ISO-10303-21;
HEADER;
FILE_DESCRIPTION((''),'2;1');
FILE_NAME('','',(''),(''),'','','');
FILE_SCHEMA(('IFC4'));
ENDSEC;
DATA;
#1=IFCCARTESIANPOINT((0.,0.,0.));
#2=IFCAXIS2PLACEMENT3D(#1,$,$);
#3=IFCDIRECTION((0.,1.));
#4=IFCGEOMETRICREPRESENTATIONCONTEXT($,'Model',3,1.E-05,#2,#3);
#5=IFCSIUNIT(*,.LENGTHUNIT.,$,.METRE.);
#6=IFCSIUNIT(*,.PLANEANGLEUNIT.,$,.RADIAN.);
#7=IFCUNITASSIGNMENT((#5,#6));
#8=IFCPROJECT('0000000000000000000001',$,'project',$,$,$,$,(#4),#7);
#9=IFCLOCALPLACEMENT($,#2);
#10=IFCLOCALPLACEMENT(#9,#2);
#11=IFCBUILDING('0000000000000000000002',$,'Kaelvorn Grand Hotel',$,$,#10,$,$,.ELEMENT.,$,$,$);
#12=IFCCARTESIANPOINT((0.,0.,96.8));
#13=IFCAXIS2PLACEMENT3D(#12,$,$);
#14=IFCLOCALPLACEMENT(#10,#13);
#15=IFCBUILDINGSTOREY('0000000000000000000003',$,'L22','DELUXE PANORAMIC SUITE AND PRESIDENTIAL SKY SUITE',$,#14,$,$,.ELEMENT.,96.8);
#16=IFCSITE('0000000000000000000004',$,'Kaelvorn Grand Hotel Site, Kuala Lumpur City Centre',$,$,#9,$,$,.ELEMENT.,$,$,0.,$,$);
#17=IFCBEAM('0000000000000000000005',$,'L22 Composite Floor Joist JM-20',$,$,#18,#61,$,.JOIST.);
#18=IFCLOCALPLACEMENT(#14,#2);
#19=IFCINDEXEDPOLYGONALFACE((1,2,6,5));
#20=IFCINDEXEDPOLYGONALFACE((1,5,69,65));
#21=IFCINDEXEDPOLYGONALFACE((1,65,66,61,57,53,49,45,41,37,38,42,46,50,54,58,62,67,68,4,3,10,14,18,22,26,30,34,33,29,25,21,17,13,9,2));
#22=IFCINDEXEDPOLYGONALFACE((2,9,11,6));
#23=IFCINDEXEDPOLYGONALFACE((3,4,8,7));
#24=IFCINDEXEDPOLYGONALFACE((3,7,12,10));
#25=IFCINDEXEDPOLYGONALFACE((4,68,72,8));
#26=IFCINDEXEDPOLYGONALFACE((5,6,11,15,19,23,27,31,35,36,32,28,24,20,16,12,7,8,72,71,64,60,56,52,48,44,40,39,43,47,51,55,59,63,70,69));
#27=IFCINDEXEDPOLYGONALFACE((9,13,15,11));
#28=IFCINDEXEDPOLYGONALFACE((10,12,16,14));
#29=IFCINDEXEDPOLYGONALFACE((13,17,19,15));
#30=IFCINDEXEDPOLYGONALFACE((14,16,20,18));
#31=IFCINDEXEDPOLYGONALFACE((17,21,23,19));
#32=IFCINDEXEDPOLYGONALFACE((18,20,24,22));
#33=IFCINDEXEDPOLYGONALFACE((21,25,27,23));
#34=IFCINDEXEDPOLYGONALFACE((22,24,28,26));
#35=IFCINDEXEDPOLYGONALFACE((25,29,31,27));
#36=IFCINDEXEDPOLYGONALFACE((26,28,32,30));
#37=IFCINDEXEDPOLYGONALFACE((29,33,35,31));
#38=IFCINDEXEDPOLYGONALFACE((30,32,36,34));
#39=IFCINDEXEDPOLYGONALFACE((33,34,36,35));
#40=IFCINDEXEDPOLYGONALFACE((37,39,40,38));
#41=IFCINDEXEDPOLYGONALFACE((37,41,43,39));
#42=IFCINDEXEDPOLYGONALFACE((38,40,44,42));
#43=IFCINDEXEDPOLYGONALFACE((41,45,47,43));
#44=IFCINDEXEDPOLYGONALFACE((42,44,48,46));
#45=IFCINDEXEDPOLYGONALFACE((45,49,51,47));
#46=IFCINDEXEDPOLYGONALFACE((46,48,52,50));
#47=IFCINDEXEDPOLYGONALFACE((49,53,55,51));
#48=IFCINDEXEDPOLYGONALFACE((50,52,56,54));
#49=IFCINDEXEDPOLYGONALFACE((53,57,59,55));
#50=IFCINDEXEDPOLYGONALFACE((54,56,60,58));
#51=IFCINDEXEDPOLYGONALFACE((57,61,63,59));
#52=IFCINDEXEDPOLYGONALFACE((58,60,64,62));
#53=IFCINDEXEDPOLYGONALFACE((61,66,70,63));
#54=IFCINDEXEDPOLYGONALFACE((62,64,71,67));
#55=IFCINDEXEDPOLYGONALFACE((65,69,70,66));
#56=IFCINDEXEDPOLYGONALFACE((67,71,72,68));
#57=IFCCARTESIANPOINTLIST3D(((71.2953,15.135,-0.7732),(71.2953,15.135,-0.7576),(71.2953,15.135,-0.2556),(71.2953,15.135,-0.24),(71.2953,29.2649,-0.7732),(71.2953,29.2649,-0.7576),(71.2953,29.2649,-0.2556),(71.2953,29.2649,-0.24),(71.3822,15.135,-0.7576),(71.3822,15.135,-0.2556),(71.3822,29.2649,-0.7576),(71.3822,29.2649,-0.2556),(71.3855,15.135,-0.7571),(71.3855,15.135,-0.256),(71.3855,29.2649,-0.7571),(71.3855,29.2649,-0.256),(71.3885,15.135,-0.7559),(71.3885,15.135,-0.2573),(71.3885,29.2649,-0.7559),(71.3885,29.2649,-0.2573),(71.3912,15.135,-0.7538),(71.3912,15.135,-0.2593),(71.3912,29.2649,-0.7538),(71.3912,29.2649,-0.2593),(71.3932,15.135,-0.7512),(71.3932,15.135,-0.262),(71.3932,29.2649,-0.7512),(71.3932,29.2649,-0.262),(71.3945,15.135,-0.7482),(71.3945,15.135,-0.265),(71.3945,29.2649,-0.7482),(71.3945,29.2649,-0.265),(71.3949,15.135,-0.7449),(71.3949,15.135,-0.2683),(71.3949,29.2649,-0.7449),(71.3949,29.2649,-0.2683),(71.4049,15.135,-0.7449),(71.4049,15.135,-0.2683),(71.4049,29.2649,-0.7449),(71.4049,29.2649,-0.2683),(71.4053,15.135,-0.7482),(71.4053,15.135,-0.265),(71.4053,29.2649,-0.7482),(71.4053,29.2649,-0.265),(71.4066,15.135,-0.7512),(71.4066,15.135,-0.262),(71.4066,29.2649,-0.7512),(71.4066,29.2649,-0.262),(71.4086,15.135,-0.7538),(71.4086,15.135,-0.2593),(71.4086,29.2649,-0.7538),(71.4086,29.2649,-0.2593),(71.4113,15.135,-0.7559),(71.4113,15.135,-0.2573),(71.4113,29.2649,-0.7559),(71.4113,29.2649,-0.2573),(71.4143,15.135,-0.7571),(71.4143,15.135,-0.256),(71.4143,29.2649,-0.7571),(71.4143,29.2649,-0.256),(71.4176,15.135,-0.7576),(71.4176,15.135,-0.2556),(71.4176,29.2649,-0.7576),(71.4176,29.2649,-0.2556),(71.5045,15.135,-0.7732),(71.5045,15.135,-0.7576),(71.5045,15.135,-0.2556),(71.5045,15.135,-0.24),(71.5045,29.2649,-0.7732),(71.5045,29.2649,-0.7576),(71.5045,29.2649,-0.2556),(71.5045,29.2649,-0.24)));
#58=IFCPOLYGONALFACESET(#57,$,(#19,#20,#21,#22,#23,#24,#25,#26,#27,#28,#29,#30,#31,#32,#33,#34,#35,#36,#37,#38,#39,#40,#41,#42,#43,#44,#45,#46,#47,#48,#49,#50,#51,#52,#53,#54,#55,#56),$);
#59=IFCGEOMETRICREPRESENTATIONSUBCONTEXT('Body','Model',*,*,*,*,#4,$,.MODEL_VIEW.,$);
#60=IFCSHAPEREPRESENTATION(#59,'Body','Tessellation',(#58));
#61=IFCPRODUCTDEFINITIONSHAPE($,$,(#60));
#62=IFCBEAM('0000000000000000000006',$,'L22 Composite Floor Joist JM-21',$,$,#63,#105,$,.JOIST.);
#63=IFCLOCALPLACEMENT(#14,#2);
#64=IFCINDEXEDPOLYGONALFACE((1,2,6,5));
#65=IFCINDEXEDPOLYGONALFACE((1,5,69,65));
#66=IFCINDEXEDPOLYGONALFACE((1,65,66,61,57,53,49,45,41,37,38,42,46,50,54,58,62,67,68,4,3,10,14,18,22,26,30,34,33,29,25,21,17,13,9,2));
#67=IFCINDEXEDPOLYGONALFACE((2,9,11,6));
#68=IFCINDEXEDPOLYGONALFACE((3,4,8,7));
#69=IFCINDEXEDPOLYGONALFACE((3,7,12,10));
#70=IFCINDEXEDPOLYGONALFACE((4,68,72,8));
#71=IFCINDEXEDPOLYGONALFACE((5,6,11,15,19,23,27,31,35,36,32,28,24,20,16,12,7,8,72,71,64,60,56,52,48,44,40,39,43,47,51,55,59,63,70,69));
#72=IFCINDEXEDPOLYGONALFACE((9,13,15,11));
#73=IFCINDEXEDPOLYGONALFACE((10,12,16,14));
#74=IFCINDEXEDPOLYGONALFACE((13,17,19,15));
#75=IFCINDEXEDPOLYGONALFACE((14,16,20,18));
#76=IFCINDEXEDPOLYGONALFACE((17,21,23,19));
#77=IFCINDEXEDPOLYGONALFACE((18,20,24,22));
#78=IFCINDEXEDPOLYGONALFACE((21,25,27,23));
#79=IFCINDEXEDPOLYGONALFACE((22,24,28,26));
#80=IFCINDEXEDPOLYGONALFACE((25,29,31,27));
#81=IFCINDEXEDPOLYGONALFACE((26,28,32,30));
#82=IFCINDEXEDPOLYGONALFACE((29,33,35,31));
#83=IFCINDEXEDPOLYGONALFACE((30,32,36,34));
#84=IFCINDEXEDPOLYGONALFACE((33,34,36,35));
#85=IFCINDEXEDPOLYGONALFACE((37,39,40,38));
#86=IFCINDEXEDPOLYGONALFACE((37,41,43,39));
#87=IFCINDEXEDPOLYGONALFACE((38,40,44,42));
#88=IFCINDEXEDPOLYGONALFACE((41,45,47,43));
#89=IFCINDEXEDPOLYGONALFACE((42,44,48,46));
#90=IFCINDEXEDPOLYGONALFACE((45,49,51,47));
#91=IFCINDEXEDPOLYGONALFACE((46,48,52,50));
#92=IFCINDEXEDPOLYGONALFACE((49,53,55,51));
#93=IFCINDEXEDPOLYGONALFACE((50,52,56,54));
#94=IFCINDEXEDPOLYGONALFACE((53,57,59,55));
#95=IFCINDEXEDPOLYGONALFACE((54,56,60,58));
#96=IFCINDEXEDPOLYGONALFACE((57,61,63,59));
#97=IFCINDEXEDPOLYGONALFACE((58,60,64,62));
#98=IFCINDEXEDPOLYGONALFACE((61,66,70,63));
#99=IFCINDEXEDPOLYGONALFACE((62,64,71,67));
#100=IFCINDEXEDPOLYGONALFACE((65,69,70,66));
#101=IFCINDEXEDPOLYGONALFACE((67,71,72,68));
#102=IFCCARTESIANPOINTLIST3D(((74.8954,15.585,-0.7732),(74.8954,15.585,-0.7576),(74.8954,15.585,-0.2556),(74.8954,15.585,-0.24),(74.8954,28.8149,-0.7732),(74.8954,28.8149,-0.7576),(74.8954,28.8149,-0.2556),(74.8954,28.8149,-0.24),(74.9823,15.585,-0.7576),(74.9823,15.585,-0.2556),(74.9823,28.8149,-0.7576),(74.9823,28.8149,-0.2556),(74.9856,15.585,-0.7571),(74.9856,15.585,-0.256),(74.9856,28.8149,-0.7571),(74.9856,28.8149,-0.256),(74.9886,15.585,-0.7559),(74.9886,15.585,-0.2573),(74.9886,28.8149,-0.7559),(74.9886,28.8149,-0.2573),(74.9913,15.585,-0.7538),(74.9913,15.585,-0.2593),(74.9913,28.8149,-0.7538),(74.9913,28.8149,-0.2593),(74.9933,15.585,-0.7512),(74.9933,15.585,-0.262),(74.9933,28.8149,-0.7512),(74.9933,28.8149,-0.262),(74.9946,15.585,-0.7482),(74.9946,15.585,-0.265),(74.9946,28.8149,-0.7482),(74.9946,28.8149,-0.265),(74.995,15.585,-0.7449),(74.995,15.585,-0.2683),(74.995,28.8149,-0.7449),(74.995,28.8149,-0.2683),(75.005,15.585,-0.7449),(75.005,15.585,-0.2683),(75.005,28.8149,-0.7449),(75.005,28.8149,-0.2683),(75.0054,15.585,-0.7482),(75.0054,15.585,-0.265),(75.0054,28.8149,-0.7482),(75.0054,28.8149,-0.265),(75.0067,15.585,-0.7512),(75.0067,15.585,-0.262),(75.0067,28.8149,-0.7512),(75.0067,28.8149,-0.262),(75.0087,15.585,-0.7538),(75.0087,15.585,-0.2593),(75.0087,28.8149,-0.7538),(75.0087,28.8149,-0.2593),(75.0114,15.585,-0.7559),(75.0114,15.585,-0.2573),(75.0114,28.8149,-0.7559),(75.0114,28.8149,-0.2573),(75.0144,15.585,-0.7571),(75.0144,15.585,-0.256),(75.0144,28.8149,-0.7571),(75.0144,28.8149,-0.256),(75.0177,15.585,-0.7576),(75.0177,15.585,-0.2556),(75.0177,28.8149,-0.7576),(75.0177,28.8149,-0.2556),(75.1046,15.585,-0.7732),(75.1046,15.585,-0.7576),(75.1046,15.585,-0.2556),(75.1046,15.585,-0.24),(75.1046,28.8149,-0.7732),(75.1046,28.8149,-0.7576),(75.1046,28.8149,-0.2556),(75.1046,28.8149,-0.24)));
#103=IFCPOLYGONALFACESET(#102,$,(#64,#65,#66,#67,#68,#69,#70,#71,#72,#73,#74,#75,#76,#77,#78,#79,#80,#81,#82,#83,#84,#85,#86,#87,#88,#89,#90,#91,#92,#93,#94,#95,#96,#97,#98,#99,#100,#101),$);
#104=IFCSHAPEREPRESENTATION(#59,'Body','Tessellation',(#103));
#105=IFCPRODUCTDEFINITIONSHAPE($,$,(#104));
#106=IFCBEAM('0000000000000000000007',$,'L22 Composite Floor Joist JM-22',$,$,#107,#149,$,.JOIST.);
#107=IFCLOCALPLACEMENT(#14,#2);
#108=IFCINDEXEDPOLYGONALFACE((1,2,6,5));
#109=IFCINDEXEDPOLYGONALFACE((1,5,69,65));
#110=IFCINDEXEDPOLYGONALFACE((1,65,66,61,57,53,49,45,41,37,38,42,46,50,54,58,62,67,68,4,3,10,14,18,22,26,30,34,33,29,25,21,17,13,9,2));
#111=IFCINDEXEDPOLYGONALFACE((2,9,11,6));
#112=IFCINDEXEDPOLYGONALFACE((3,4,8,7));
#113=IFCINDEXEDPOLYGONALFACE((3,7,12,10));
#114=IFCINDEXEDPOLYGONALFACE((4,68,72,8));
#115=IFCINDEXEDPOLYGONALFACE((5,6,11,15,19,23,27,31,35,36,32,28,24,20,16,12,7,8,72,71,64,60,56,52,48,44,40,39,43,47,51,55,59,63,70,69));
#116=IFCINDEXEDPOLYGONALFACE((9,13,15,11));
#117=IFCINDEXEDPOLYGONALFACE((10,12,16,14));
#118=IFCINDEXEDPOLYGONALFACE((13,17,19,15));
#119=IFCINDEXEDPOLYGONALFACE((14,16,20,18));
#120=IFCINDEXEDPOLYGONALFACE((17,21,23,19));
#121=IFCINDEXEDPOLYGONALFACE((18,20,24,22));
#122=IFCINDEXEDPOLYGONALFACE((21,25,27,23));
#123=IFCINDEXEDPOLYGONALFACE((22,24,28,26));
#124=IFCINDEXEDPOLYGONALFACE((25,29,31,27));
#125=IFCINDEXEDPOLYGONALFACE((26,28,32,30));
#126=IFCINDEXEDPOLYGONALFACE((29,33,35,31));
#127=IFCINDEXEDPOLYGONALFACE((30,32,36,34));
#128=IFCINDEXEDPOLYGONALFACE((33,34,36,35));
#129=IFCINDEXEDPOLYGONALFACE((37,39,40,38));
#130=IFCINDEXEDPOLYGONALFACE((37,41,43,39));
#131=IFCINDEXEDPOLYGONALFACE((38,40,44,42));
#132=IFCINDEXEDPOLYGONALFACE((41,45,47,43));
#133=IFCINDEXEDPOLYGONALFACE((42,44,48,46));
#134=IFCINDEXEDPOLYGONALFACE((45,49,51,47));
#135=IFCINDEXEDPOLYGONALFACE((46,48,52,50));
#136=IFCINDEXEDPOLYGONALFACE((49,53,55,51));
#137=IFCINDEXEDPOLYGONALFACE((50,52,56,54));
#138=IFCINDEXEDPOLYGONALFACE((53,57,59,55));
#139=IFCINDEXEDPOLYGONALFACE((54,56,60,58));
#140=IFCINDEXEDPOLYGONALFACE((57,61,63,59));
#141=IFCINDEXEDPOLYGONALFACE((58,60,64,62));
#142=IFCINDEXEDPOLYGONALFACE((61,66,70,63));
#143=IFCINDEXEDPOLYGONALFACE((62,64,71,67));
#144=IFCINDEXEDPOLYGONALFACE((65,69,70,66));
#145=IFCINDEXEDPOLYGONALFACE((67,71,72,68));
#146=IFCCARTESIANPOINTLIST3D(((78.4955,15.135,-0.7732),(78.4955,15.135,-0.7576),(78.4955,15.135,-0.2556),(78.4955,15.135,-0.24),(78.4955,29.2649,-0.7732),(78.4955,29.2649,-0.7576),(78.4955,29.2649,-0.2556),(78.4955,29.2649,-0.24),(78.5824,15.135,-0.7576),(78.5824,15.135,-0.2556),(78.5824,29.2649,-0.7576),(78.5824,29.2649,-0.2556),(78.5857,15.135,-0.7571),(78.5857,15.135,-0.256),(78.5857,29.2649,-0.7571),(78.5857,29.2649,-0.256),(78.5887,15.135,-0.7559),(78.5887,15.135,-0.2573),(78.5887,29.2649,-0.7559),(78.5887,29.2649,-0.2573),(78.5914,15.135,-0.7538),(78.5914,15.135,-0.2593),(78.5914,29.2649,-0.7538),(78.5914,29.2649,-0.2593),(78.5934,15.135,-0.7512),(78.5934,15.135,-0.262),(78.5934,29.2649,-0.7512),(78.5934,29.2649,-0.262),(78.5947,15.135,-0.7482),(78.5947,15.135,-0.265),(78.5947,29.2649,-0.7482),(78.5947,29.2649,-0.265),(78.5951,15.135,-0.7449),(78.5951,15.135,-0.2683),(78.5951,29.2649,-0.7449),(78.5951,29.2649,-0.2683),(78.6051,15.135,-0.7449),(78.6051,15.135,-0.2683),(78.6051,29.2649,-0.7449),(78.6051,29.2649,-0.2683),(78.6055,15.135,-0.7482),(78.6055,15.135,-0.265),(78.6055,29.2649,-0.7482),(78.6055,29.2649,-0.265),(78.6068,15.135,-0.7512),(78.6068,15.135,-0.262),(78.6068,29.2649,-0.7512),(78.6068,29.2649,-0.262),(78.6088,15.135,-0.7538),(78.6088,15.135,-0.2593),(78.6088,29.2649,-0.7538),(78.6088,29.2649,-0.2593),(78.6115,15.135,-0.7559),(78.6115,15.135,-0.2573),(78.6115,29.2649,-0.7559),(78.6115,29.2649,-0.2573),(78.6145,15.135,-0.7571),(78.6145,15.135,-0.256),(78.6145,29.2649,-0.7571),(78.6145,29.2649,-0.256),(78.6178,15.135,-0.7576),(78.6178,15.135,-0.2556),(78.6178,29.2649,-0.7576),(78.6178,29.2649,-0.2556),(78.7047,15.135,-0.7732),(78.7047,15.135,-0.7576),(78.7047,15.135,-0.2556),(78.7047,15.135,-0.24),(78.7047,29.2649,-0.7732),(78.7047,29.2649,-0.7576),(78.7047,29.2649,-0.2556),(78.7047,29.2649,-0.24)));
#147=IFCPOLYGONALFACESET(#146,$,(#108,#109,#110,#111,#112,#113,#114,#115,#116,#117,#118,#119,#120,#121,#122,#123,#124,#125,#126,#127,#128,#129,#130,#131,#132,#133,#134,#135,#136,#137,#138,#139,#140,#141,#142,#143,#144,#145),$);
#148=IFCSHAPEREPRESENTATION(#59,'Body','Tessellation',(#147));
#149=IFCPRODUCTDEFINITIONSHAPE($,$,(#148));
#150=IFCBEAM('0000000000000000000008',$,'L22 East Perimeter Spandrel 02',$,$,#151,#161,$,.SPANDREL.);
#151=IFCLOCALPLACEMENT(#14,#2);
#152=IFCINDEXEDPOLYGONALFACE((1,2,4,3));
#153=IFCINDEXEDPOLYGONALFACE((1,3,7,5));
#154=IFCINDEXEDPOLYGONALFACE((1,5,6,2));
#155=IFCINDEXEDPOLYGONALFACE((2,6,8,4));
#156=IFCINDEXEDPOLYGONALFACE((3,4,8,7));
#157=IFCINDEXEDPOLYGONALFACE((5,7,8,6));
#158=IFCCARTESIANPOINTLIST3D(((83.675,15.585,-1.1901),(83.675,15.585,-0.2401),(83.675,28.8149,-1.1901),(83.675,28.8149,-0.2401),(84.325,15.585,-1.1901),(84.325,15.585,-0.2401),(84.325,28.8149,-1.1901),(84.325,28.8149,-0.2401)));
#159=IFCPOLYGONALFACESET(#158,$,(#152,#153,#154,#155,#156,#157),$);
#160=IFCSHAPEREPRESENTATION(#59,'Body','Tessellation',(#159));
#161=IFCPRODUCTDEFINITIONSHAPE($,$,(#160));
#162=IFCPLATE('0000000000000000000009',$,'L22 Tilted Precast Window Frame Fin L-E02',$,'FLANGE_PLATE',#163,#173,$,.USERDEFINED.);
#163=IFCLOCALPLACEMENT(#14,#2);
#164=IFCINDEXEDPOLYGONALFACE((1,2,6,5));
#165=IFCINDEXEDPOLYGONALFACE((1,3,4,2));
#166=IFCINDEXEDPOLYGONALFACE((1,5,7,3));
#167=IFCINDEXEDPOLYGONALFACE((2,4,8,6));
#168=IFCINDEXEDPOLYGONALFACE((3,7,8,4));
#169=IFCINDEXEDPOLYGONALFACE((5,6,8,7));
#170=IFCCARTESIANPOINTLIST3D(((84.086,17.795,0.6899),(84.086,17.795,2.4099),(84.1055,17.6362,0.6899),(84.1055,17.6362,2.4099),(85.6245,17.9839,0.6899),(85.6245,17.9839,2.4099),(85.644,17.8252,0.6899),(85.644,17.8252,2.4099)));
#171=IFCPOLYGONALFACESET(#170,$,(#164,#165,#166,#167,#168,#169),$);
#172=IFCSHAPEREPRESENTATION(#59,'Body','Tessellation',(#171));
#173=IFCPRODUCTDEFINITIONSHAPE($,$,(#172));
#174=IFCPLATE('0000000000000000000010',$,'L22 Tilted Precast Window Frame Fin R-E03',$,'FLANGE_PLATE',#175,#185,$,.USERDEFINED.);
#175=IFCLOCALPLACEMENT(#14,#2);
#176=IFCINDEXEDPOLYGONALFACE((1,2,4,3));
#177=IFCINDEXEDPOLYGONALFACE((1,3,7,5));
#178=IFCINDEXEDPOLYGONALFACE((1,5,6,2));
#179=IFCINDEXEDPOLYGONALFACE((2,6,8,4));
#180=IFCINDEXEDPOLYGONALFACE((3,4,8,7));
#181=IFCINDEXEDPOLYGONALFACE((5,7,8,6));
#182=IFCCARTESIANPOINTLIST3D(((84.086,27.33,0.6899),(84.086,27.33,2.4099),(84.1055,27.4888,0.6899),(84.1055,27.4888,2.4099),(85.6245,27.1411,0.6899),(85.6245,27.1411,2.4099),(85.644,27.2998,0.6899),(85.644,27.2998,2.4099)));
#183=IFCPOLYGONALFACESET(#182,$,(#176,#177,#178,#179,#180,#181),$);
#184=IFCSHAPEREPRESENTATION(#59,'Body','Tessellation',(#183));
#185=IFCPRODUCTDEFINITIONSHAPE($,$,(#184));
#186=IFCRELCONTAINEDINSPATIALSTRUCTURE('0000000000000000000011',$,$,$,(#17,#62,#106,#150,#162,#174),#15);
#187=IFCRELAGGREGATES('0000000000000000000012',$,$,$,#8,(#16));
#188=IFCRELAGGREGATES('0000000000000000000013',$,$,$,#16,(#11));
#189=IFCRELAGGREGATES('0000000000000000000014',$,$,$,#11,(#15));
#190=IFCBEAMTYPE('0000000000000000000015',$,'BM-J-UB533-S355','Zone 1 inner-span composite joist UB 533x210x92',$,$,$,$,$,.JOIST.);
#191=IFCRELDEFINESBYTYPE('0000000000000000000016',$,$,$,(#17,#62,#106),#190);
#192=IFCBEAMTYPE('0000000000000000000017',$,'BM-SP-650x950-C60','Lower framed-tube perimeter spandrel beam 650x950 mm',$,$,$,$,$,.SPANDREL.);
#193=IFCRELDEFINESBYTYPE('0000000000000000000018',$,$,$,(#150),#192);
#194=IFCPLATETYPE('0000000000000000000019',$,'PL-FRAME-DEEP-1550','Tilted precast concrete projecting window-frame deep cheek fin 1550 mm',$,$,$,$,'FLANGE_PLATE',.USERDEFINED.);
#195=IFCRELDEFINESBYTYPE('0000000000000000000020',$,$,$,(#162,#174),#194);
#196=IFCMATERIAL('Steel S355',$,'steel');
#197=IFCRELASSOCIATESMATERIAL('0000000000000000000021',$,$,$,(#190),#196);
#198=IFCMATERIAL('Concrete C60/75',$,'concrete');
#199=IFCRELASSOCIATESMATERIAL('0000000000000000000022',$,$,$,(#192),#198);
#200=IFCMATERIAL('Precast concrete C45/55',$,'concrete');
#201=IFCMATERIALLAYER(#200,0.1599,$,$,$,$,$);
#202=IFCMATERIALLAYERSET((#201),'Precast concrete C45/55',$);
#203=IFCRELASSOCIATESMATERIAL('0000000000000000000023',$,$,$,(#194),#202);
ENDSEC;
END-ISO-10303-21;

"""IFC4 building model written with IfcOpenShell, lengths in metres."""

from ifc_helpers import new_model, si_unit, direction, frame, origin, origin_2d, place, context, subcontext, project, spatial, rectangle, i_section, extrude, material, layer, layer_set, material_profile, profile_set, type_object, element, save


model = new_model("IFC4")

# Units and contexts
model_context = context("Model", 3, precision=1e-05, world=origin(), true_north=direction((0.0, 1.0)))
body_context = subcontext(model_context, "Body", "Model", "MODEL_VIEW")
ifc_project = project(units=[si_unit("LENGTHUNIT", "METRE"), si_unit("PLANEANGLEUNIT", "RADIAN")], contexts=[model_context])

# Site, building, storey
site_placement = place(None, origin())
site = spatial("IfcSite", under=ifc_project, at=site_placement, Name="Kaelvorn Grand Hotel Site, Kuala Lumpur City Centre", CompositionType="ELEMENT", RefElevation=0.0)
building_placement = place(site_placement, origin())
building = spatial("IfcBuilding", under=site, at=building_placement, Name="Kaelvorn Grand Hotel", CompositionType="ELEMENT")
storey_placement = place(building_placement, frame((0.0, 0.0, 96.8)))
storey = spatial("IfcBuildingStorey", under=building, at=storey_placement, Name="L22", Description="DELUXE PANORAMIC SUITE AND PRESIDENTIAL SKY SUITE", CompositionType="ELEMENT", Elevation=96.8)

# Shared definitions
ifc_material_1 = material(Name="Concrete C60/75", Category="concrete")

# Beams
ifc_material_2 = material(Name="Steel S355", Category="steel")
ifc_material_profile_1 = material_profile(ifc_material_2, i_section(OverallWidth=0.2092, OverallDepth=0.5332, WebThickness=0.01, FlangeThickness=0.0156, FilletRadius=0.0127, at=origin_2d()), Name="UB 533x210x92")
ifc_profile_set_1 = profile_set([ifc_material_profile_1], Name="Steel S355")
beam_type_1 = type_object("IfcBeamType", Name="BM-J-UB533-S355", Description="Zone 1 inner-span composite joist UB 533x210x92", PredefinedType="JOIST", material=ifc_profile_set_1)
beam_1_placement = place(storey_placement, frame((71.3999, 15.135, -0.5066), z_axis=(0.0, 1.0, 0.0), x_axis=(-1.0, 0.0, 0.0)))
element("IfcBeam", 1, at=beam_1_placement, inside=storey, type_object=beam_type_1, Name="L22 Composite Floor Joist JM-20", PredefinedType="JOIST", context=body_context, shape_type="SweptSolid", body=[
    extrude(i_section(OverallWidth=0.2092, OverallDepth=0.5332, WebThickness=0.01, FlangeThickness=0.0156, FilletRadius=0.0127, at=origin_2d()), origin(), (0.0, 0.0, 1.0), 14.1299),
])
beam_2_placement = place(storey_placement, frame((75.0, 15.585, -0.5066), z_axis=(0.0, 1.0, 0.0), x_axis=(-1.0, 0.0, 0.0)))
element("IfcBeam", 2, at=beam_2_placement, inside=storey, type_object=beam_type_1, Name="L22 Composite Floor Joist JM-21", PredefinedType="JOIST", context=body_context, shape_type="SweptSolid", body=[
    extrude(i_section(OverallWidth=0.2092, OverallDepth=0.5332, WebThickness=0.01, FlangeThickness=0.0156, FilletRadius=0.0127, at=origin_2d()), origin(), (0.0, 0.0, 1.0), 13.23),
])
beam_3_placement = place(storey_placement, frame((78.6001, 15.135, -0.5066), z_axis=(0.0, 1.0, 0.0), x_axis=(-1.0, 0.0, 0.0)))
element("IfcBeam", 3, at=beam_3_placement, inside=storey, type_object=beam_type_1, Name="L22 Composite Floor Joist JM-22", PredefinedType="JOIST", context=body_context, shape_type="SweptSolid", body=[
    extrude(i_section(OverallWidth=0.2092, OverallDepth=0.5332, WebThickness=0.01, FlangeThickness=0.0156, FilletRadius=0.0127, at=origin_2d()), origin(), (0.0, 0.0, 1.0), 14.1299),
])
ifc_material_profile_2 = material_profile(ifc_material_1, rectangle(XDim=0.6499, YDim=0.95, at=origin_2d()), Name="RC SPANDREL 650x950")
ifc_profile_set_2 = profile_set([ifc_material_profile_2], Name="Concrete C60/75")
beam_type_2 = type_object("IfcBeamType", Name="BM-SP-650x950-C60", Description="Lower framed-tube perimeter spandrel beam 650x950 mm", PredefinedType="SPANDREL", material=ifc_profile_set_2)
beam_4_placement = place(storey_placement, frame((84.0, 15.585, -0.7151), z_axis=(0.0, 1.0, 0.0), x_axis=(-1.0, 0.0, 0.0)))
element("IfcBeam", 4, at=beam_4_placement, inside=storey, type_object=beam_type_2, Name="L22 East Perimeter Spandrel 02", PredefinedType="SPANDREL", context=body_context, shape_type="SweptSolid", body=[
    extrude(rectangle(XDim=0.6499, YDim=0.95, at=origin_2d()), origin(), (0.0, 0.0, 1.0), 13.23),
])

# Plates
ifc_material_3 = material(Name="Precast concrete C45/55", Category="concrete")
ifc_layer_1 = layer(ifc_material_3, 0.1599)
ifc_layer_set_1 = layer_set([ifc_layer_1], Name="Precast concrete C45/55")
plate_type_1 = type_object("IfcPlateType", Name="PL-FRAME-DEEP-1550", Description="Tilted precast concrete projecting window-frame deep cheek fin 1550 mm", ElementType="FLANGE_PLATE", PredefinedType="USERDEFINED", material=ifc_layer_set_1)
for number, where, z_axis, x_axis, name in (
    (5, (84.865, 17.8101, 0.6899), (0.0, 0.0, 1.0), (-0.121869, 0.992546, 0.0), "L22 Tilted Precast Window Frame Fin L-E02"),
    (6, (84.865, 27.3149, 0.6899), (0.0, 0.0, 1.0), (0.121869, 0.992546, 0.0), "L22 Tilted Precast Window Frame Fin R-E03"),
):
    element("IfcPlate", number, at=place(storey_placement, frame(where, z_axis=z_axis, x_axis=x_axis)), inside=storey, type_object=plate_type_1, Name=name, ObjectType="FLANGE_PLATE", PredefinedType="USERDEFINED", context=body_context, shape_type="SweptSolid", body=[
        extrude(rectangle(XDim=0.1599, YDim=1.55, at=origin_2d()), origin(), (0.0, 0.0, 1.0), 1.72),
    ])

save(model, "model.ifc")
